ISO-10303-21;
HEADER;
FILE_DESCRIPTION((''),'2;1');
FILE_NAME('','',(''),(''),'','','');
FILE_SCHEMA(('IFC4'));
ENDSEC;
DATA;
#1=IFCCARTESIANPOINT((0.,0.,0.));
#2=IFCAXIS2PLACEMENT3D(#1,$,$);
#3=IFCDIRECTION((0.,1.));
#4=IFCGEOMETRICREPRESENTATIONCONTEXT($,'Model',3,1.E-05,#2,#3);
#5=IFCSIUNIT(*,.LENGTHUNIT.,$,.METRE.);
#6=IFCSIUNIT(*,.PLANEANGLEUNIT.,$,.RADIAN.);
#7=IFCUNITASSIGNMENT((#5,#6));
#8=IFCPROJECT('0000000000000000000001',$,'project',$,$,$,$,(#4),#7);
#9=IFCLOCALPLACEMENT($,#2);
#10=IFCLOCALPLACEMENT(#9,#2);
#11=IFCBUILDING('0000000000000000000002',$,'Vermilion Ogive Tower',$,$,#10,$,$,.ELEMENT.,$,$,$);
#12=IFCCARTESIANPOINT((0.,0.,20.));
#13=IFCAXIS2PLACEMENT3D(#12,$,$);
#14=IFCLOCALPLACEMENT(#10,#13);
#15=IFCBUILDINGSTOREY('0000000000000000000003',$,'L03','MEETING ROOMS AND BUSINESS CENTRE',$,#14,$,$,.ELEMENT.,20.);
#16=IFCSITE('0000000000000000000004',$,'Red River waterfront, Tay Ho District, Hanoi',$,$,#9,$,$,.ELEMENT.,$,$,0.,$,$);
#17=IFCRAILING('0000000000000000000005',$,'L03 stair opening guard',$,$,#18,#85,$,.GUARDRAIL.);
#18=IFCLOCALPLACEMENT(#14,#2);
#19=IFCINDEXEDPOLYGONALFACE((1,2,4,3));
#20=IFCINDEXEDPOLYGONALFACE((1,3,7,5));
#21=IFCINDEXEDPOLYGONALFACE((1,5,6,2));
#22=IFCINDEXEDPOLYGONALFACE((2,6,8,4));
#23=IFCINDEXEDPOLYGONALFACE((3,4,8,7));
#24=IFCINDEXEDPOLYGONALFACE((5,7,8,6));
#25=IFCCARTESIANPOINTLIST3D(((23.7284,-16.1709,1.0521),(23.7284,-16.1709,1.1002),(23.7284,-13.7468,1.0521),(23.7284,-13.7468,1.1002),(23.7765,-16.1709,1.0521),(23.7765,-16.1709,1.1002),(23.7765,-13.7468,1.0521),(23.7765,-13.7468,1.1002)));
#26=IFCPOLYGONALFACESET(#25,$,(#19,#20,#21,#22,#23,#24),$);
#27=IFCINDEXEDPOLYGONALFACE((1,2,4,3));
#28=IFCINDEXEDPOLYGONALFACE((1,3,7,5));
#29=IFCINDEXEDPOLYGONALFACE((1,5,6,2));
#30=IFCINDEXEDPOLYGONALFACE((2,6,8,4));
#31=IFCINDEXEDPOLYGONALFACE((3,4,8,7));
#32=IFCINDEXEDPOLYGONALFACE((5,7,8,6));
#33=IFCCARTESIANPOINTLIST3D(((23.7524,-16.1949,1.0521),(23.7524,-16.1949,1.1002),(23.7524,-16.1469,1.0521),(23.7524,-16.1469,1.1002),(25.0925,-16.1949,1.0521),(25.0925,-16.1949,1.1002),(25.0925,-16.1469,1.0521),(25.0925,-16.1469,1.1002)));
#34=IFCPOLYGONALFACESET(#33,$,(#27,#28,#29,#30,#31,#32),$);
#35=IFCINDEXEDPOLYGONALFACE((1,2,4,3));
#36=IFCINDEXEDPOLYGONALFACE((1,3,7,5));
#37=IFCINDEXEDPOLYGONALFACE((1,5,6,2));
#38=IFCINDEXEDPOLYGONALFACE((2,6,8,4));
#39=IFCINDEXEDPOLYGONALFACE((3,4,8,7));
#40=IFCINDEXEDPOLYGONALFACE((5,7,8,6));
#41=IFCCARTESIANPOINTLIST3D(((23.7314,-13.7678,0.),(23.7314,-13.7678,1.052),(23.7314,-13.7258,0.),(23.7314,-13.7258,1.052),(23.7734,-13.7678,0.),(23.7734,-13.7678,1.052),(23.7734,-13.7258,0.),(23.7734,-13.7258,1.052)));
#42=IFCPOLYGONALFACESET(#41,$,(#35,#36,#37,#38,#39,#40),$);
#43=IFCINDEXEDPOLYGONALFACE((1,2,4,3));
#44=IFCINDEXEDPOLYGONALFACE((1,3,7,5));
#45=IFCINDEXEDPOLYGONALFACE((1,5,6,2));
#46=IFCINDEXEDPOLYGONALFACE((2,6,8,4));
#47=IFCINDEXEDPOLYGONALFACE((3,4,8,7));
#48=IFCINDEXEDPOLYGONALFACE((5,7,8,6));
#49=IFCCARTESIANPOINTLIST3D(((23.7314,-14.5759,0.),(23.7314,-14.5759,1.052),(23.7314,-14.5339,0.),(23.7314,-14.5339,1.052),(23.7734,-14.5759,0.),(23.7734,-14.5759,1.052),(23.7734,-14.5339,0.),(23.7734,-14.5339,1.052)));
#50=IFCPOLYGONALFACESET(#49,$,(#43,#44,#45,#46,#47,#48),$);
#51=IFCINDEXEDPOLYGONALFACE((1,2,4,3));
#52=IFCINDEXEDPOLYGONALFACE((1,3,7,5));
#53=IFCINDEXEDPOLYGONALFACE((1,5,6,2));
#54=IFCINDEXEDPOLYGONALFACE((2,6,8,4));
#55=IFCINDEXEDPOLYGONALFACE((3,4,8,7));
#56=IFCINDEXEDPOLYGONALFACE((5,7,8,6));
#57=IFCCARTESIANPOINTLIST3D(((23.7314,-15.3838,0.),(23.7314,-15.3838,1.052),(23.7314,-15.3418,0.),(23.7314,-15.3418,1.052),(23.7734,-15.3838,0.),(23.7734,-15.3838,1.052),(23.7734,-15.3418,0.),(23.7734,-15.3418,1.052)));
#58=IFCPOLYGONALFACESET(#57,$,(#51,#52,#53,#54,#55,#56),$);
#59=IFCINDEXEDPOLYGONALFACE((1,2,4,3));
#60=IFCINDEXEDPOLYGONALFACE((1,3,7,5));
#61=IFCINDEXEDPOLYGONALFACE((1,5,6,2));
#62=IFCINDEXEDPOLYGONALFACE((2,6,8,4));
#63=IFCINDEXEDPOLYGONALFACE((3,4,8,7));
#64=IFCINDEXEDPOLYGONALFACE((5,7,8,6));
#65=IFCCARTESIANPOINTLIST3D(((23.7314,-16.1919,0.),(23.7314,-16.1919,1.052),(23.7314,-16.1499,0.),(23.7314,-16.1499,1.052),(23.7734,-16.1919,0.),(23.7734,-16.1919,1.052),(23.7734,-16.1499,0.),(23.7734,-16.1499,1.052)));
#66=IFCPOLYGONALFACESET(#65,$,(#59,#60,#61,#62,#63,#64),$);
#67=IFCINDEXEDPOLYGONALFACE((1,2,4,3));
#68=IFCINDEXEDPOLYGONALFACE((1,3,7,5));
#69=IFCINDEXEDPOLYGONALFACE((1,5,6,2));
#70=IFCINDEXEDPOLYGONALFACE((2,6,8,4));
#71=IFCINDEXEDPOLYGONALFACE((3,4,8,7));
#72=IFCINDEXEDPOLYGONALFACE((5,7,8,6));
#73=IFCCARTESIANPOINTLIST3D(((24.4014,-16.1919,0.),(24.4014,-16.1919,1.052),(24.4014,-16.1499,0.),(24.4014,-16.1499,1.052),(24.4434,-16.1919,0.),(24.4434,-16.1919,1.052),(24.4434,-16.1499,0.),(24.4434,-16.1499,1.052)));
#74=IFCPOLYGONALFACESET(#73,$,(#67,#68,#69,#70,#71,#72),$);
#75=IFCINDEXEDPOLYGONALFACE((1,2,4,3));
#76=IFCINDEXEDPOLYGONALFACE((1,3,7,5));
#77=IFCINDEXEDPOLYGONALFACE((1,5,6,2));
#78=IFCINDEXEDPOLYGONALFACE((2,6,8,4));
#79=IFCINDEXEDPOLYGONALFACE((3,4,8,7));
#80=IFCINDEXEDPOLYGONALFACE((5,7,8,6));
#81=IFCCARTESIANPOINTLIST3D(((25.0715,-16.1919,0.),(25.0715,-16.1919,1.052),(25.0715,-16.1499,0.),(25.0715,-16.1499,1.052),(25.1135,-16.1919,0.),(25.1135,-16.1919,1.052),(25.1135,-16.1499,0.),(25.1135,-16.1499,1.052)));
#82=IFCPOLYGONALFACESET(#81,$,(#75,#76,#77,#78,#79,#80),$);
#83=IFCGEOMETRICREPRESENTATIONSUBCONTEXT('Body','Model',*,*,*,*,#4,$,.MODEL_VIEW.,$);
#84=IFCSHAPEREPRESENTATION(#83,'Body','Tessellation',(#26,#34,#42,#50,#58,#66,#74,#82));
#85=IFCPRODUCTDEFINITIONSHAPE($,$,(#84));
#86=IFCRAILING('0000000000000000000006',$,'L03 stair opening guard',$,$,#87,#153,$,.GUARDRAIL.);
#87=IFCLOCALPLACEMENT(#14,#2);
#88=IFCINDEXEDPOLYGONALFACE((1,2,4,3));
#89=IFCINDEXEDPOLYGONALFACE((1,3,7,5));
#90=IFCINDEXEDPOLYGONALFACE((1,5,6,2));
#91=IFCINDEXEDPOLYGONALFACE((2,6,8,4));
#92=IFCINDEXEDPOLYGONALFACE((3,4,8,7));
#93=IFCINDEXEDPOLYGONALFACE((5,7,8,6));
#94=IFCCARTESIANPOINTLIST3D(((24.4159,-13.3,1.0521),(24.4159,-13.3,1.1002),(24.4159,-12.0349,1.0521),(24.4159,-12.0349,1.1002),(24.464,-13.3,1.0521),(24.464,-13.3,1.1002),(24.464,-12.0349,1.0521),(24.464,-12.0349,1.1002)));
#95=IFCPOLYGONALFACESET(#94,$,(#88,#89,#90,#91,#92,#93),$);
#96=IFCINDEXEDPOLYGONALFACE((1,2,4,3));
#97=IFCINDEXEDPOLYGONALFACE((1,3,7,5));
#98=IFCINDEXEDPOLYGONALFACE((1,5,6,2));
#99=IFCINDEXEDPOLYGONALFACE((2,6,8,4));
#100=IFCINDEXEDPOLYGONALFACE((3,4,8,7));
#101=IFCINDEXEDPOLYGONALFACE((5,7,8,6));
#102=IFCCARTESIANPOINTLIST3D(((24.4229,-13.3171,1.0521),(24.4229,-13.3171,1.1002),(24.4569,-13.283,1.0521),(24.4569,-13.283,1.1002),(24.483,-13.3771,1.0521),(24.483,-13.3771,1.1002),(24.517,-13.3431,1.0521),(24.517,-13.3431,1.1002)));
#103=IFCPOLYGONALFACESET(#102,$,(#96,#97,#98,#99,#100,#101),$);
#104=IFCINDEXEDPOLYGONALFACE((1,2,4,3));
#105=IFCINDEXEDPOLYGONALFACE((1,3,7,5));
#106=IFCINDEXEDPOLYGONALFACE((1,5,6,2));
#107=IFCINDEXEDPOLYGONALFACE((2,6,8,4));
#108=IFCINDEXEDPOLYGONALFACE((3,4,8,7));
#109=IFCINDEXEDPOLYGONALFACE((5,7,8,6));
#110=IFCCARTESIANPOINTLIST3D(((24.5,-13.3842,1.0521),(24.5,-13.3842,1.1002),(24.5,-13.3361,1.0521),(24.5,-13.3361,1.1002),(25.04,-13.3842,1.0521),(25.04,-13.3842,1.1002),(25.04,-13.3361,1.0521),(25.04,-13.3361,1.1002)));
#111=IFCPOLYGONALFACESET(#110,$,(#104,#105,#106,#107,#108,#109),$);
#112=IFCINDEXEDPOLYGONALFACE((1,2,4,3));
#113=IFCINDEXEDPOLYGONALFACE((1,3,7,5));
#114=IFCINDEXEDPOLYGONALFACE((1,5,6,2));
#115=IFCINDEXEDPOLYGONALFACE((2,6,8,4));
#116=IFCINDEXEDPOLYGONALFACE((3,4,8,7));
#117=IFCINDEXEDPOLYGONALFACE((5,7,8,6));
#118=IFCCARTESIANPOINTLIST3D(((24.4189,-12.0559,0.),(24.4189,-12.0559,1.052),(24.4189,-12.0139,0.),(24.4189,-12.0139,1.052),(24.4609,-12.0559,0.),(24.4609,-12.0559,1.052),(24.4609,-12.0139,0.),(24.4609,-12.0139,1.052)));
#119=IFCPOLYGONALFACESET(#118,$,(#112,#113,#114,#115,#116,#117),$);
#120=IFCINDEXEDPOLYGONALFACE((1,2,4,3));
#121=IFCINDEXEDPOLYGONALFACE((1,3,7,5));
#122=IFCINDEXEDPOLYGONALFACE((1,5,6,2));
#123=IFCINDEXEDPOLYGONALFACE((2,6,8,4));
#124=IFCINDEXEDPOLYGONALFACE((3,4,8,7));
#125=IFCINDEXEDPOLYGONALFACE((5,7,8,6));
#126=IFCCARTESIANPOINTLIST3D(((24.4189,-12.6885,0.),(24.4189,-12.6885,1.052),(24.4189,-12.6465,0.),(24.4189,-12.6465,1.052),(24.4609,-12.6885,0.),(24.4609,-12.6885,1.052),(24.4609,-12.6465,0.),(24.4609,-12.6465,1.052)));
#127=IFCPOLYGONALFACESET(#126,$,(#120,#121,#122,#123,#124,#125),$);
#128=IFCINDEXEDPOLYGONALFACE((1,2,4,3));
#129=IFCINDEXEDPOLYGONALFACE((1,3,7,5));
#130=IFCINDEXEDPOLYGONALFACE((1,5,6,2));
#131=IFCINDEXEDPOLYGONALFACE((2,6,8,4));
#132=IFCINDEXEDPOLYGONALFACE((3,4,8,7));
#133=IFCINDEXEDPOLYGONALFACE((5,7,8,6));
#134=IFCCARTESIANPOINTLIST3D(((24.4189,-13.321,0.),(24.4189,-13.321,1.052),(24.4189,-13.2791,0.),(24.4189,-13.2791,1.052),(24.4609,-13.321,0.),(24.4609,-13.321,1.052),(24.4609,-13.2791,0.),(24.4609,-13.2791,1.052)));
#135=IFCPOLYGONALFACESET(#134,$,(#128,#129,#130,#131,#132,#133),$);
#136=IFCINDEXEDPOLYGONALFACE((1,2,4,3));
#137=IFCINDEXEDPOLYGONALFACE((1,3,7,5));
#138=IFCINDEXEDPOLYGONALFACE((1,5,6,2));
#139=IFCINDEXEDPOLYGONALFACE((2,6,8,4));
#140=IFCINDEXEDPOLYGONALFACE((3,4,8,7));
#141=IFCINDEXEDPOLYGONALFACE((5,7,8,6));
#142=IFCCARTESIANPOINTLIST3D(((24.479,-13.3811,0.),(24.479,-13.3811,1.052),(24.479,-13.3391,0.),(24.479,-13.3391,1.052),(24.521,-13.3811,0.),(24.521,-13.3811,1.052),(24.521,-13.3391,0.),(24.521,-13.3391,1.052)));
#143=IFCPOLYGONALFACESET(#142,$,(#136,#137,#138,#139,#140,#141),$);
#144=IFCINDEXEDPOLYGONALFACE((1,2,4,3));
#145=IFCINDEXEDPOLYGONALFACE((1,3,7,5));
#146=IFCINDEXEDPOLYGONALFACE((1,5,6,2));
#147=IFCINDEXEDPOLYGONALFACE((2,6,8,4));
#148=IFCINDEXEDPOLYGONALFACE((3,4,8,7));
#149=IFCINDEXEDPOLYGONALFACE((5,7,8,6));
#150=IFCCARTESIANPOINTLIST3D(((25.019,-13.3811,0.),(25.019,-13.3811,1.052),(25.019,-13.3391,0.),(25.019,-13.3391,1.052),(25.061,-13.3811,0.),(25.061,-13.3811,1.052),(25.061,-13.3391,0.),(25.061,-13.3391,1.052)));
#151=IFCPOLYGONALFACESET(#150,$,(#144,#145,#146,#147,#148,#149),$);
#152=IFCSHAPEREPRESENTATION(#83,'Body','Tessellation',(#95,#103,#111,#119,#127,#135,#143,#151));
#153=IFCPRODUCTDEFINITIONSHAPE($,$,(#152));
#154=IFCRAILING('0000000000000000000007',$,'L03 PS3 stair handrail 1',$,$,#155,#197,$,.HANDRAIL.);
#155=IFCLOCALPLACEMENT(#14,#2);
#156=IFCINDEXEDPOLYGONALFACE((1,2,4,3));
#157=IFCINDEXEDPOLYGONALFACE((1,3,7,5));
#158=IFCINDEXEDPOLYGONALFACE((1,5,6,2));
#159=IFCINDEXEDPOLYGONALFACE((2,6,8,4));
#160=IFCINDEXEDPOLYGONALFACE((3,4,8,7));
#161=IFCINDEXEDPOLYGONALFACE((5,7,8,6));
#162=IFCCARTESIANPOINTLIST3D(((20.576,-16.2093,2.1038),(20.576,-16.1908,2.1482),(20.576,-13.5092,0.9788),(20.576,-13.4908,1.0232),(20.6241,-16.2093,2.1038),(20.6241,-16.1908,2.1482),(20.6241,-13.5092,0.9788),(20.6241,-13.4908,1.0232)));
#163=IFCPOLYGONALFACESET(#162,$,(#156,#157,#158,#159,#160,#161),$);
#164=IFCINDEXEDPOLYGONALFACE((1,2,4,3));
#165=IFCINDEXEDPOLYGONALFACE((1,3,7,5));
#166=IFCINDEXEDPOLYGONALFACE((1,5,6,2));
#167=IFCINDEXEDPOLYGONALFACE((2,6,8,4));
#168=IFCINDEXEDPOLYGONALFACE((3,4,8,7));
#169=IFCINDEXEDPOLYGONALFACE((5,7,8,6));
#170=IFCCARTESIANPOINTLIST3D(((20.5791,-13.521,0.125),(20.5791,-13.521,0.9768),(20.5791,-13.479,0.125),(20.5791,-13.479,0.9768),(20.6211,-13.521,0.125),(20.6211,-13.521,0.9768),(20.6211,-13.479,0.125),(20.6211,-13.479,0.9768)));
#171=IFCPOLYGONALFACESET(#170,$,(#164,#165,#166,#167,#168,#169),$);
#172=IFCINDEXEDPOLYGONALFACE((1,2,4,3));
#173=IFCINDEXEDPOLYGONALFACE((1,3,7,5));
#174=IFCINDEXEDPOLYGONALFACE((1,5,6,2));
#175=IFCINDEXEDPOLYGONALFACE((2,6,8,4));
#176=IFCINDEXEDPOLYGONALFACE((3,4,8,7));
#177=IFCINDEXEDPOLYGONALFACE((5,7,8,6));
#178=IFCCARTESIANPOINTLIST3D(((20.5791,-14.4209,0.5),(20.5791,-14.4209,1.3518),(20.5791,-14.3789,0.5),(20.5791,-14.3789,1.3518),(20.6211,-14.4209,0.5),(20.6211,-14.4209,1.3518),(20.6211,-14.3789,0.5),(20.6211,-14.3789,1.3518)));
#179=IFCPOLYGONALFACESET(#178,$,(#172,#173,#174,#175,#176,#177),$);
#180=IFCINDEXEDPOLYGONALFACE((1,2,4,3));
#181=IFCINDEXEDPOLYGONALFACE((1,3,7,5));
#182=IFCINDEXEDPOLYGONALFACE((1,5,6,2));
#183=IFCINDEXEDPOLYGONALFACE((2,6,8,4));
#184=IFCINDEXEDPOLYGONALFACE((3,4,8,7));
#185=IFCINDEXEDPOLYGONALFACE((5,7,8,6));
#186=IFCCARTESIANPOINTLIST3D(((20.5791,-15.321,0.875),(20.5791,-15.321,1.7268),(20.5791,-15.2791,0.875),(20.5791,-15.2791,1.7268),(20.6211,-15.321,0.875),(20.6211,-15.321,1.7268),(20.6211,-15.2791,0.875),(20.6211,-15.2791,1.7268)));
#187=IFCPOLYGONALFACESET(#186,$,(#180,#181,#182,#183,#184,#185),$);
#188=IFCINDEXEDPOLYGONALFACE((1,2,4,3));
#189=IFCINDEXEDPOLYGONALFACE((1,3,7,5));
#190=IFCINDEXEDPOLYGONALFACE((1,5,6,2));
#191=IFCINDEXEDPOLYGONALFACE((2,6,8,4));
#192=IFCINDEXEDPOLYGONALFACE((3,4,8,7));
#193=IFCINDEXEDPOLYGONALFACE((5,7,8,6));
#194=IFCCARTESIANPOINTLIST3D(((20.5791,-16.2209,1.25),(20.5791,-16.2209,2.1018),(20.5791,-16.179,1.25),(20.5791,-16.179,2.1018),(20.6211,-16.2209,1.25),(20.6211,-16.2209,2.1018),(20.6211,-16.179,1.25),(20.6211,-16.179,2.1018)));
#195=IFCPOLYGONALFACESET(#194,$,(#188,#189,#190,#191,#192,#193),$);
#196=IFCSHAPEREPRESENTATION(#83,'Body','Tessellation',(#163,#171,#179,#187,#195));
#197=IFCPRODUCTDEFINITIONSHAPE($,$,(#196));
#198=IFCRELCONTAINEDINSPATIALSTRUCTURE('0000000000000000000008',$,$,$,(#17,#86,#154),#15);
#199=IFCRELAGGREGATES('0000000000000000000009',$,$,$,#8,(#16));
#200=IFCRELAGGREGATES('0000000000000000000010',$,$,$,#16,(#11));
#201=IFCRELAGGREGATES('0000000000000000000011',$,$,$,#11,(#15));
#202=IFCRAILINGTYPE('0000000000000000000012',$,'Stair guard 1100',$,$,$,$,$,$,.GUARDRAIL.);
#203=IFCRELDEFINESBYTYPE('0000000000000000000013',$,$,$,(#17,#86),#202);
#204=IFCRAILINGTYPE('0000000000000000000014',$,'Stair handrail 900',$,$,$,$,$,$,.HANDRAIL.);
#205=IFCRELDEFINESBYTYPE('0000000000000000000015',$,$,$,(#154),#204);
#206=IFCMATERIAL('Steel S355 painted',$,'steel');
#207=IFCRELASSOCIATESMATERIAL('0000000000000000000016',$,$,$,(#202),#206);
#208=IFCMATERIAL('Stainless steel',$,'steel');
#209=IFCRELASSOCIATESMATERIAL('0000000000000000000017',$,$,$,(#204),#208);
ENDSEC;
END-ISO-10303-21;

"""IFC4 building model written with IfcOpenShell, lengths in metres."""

from ifc_helpers import new_model, si_unit, direction, frame, origin, origin_2d, place, context, subcontext, project, spatial, rectangle, extrude, material, type_object, element, save


model = new_model("IFC4")

# Units and contexts
model_context = context("Model", 3, precision=1e-05, world=origin(), true_north=direction((0.0, 1.0)))
body_context = subcontext(model_context, "Body", "Model", "MODEL_VIEW")
ifc_project = project(units=[si_unit("LENGTHUNIT", "METRE"), si_unit("PLANEANGLEUNIT", "RADIAN")], contexts=[model_context])

# Site, building, storey
site_placement = place(None, origin())
site = spatial("IfcSite", under=ifc_project, at=site_placement, Name="Red River waterfront, Tay Ho District, Hanoi", CompositionType="ELEMENT", RefElevation=0.0)
building_placement = place(site_placement, origin())
building = spatial("IfcBuilding", under=site, at=building_placement, Name="Vermilion Ogive Tower", CompositionType="ELEMENT")
storey_placement = place(building_placement, frame((0.0, 0.0, 20.0)))
storey = spatial("IfcBuildingStorey", under=building, at=storey_placement, Name="L03", Description="MEETING ROOMS AND BUSINESS CENTRE", CompositionType="ELEMENT", Elevation=20.0)

# Railings
ifc_material_1 = material(Name="Steel S355 painted", Category="steel")
railing_type_1 = type_object("IfcRailingType", Name="Stair guard 1100", PredefinedType="GUARDRAIL", material=ifc_material_1)
railing_1_placement = place(storey_placement, frame((23.7524, -13.7468, 0.0)))
element("IfcRailing", 1, at=railing_1_placement, inside=storey, type_object=railing_type_1, Name="L03 stair opening guard", PredefinedType="GUARDRAIL", context=body_context, shape_type="SweptSolid", body=[
    extrude(rectangle(XDim=0.0481, YDim=0.0481, at=origin_2d()), frame((0.0, 0.0, 1.0762), z_axis=(0.0, -1.0, 0.0), x_axis=(1.0, 0.0, 0.0)), (0.0, 0.0, 1.0), 2.4241),
    extrude(rectangle(XDim=0.0481, YDim=0.0481, at=origin_2d()), frame((0.0, -2.4241, 1.0762), z_axis=(1.0, 0.0, 0.0), x_axis=(0.0, 1.0, 0.0)), (0.0, 0.0, 1.0), 1.3401),
    extrude(rectangle(XDim=0.042, YDim=0.042, at=origin_2d()), origin(), (0.0, 0.0, 1.0), 1.052),
    extrude(rectangle(XDim=0.042, YDim=0.042, at=origin_2d()), frame((0.0, -0.8081, 0.0)), (0.0, 0.0, 1.0), 1.052),
    extrude(rectangle(XDim=0.042, YDim=0.042, at=origin_2d()), frame((0.0, -1.616, 0.0)), (0.0, 0.0, 1.0), 1.052),
    extrude(rectangle(XDim=0.042, YDim=0.042, at=origin_2d()), frame((0.0, -2.4241, 0.0)), (0.0, 0.0, 1.0), 1.052),
    extrude(rectangle(XDim=0.042, YDim=0.042, at=origin_2d()), frame((0.6699, -2.4241, 0.0)), (0.0, 0.0, 1.0), 1.052),
    extrude(rectangle(XDim=0.042, YDim=0.042, at=origin_2d()), frame((1.3401, -2.4241, 0.0)), (0.0, 0.0, 1.0), 1.052),
])
railing_2_placement = place(storey_placement, frame((24.4399, -12.0349, 0.0)))
element("IfcRailing", 2, at=railing_2_placement, inside=storey, type_object=railing_type_1, Name="L03 stair opening guard", PredefinedType="GUARDRAIL", context=body_context, shape_type="SweptSolid", body=[
    extrude(rectangle(XDim=0.0481, YDim=0.0481, at=origin_2d()), frame((0.0, 0.0, 1.0762), z_axis=(0.0, -1.0, 0.0), x_axis=(1.0, 0.0, 0.0)), (0.0, 0.0, 1.0), 1.2651),
    extrude(rectangle(XDim=0.0481, YDim=0.0481, at=origin_2d()), frame((0.0, -1.2651, 1.0762), z_axis=(0.707107, -0.707107, 0.0), x_axis=(0.707107, 0.707107, 0.0)), (0.0, 0.0, 1.0), 0.085),
    extrude(rectangle(XDim=0.0481, YDim=0.0481, at=origin_2d()), frame((0.0601, -1.3252, 1.0762), z_axis=(1.0, 0.0, 0.0), x_axis=(0.0, 1.0, 0.0)), (0.0, 0.0, 1.0), 0.54),
    extrude(rectangle(XDim=0.042, YDim=0.042, at=origin_2d()), origin(), (0.0, 0.0, 1.0), 1.052),
    extrude(rectangle(XDim=0.042, YDim=0.042, at=origin_2d()), frame((0.0, -0.6326, 0.0)), (0.0, 0.0, 1.0), 1.052),
    extrude(rectangle(XDim=0.042, YDim=0.042, at=origin_2d()), frame((0.0, -1.2651, 0.0)), (0.0, 0.0, 1.0), 1.052),
    extrude(rectangle(XDim=0.042, YDim=0.042, at=origin_2d()), frame((0.0601, -1.3252, 0.0)), (0.0, 0.0, 1.0), 1.052),
    extrude(rectangle(XDim=0.042, YDim=0.042, at=origin_2d()), frame((0.6001, -1.3252, 0.0)), (0.0, 0.0, 1.0), 1.052),
])
ifc_material_2 = material(Name="Stainless steel", Category="steel")
railing_type_2 = type_object("IfcRailingType", Name="Stair handrail 900", PredefinedType="HANDRAIL", material=ifc_material_2)
railing_3_placement = place(storey_placement, frame((20.6001, -13.5, 0.125)))
element("IfcRailing", 3, at=railing_3_placement, inside=storey, type_object=railing_type_2, Name="L03 PS3 stair handrail 1", PredefinedType="HANDRAIL", context=body_context, shape_type="SweptSolid", body=[
    extrude(rectangle(XDim=0.0481, YDim=0.0481, at=origin_2d()), frame((0.0, 0.0, 0.876), z_axis=(0.0, -0.923074, 0.384621), x_axis=(1.0, 0.0, 0.0)), (0.0, 0.0, 1.0), 2.925),
    extrude(rectangle(XDim=0.042, YDim=0.042, at=origin_2d()), origin(), (0.0, 0.0, 1.0), 0.8518),
    extrude(rectangle(XDim=0.042, YDim=0.042, at=origin_2d()), frame((0.0, -0.8999, 0.375)), (0.0, 0.0, 1.0), 0.8518),
    extrude(rectangle(XDim=0.042, YDim=0.042, at=origin_2d()), frame((0.0, -1.8, 0.75)), (0.0, 0.0, 1.0), 0.8518),
    extrude(rectangle(XDim=0.042, YDim=0.042, at=origin_2d()), frame((0.0, -2.7, 1.125)), (0.0, 0.0, 1.0), 0.8518),
])

save(model, "model.ifc")
